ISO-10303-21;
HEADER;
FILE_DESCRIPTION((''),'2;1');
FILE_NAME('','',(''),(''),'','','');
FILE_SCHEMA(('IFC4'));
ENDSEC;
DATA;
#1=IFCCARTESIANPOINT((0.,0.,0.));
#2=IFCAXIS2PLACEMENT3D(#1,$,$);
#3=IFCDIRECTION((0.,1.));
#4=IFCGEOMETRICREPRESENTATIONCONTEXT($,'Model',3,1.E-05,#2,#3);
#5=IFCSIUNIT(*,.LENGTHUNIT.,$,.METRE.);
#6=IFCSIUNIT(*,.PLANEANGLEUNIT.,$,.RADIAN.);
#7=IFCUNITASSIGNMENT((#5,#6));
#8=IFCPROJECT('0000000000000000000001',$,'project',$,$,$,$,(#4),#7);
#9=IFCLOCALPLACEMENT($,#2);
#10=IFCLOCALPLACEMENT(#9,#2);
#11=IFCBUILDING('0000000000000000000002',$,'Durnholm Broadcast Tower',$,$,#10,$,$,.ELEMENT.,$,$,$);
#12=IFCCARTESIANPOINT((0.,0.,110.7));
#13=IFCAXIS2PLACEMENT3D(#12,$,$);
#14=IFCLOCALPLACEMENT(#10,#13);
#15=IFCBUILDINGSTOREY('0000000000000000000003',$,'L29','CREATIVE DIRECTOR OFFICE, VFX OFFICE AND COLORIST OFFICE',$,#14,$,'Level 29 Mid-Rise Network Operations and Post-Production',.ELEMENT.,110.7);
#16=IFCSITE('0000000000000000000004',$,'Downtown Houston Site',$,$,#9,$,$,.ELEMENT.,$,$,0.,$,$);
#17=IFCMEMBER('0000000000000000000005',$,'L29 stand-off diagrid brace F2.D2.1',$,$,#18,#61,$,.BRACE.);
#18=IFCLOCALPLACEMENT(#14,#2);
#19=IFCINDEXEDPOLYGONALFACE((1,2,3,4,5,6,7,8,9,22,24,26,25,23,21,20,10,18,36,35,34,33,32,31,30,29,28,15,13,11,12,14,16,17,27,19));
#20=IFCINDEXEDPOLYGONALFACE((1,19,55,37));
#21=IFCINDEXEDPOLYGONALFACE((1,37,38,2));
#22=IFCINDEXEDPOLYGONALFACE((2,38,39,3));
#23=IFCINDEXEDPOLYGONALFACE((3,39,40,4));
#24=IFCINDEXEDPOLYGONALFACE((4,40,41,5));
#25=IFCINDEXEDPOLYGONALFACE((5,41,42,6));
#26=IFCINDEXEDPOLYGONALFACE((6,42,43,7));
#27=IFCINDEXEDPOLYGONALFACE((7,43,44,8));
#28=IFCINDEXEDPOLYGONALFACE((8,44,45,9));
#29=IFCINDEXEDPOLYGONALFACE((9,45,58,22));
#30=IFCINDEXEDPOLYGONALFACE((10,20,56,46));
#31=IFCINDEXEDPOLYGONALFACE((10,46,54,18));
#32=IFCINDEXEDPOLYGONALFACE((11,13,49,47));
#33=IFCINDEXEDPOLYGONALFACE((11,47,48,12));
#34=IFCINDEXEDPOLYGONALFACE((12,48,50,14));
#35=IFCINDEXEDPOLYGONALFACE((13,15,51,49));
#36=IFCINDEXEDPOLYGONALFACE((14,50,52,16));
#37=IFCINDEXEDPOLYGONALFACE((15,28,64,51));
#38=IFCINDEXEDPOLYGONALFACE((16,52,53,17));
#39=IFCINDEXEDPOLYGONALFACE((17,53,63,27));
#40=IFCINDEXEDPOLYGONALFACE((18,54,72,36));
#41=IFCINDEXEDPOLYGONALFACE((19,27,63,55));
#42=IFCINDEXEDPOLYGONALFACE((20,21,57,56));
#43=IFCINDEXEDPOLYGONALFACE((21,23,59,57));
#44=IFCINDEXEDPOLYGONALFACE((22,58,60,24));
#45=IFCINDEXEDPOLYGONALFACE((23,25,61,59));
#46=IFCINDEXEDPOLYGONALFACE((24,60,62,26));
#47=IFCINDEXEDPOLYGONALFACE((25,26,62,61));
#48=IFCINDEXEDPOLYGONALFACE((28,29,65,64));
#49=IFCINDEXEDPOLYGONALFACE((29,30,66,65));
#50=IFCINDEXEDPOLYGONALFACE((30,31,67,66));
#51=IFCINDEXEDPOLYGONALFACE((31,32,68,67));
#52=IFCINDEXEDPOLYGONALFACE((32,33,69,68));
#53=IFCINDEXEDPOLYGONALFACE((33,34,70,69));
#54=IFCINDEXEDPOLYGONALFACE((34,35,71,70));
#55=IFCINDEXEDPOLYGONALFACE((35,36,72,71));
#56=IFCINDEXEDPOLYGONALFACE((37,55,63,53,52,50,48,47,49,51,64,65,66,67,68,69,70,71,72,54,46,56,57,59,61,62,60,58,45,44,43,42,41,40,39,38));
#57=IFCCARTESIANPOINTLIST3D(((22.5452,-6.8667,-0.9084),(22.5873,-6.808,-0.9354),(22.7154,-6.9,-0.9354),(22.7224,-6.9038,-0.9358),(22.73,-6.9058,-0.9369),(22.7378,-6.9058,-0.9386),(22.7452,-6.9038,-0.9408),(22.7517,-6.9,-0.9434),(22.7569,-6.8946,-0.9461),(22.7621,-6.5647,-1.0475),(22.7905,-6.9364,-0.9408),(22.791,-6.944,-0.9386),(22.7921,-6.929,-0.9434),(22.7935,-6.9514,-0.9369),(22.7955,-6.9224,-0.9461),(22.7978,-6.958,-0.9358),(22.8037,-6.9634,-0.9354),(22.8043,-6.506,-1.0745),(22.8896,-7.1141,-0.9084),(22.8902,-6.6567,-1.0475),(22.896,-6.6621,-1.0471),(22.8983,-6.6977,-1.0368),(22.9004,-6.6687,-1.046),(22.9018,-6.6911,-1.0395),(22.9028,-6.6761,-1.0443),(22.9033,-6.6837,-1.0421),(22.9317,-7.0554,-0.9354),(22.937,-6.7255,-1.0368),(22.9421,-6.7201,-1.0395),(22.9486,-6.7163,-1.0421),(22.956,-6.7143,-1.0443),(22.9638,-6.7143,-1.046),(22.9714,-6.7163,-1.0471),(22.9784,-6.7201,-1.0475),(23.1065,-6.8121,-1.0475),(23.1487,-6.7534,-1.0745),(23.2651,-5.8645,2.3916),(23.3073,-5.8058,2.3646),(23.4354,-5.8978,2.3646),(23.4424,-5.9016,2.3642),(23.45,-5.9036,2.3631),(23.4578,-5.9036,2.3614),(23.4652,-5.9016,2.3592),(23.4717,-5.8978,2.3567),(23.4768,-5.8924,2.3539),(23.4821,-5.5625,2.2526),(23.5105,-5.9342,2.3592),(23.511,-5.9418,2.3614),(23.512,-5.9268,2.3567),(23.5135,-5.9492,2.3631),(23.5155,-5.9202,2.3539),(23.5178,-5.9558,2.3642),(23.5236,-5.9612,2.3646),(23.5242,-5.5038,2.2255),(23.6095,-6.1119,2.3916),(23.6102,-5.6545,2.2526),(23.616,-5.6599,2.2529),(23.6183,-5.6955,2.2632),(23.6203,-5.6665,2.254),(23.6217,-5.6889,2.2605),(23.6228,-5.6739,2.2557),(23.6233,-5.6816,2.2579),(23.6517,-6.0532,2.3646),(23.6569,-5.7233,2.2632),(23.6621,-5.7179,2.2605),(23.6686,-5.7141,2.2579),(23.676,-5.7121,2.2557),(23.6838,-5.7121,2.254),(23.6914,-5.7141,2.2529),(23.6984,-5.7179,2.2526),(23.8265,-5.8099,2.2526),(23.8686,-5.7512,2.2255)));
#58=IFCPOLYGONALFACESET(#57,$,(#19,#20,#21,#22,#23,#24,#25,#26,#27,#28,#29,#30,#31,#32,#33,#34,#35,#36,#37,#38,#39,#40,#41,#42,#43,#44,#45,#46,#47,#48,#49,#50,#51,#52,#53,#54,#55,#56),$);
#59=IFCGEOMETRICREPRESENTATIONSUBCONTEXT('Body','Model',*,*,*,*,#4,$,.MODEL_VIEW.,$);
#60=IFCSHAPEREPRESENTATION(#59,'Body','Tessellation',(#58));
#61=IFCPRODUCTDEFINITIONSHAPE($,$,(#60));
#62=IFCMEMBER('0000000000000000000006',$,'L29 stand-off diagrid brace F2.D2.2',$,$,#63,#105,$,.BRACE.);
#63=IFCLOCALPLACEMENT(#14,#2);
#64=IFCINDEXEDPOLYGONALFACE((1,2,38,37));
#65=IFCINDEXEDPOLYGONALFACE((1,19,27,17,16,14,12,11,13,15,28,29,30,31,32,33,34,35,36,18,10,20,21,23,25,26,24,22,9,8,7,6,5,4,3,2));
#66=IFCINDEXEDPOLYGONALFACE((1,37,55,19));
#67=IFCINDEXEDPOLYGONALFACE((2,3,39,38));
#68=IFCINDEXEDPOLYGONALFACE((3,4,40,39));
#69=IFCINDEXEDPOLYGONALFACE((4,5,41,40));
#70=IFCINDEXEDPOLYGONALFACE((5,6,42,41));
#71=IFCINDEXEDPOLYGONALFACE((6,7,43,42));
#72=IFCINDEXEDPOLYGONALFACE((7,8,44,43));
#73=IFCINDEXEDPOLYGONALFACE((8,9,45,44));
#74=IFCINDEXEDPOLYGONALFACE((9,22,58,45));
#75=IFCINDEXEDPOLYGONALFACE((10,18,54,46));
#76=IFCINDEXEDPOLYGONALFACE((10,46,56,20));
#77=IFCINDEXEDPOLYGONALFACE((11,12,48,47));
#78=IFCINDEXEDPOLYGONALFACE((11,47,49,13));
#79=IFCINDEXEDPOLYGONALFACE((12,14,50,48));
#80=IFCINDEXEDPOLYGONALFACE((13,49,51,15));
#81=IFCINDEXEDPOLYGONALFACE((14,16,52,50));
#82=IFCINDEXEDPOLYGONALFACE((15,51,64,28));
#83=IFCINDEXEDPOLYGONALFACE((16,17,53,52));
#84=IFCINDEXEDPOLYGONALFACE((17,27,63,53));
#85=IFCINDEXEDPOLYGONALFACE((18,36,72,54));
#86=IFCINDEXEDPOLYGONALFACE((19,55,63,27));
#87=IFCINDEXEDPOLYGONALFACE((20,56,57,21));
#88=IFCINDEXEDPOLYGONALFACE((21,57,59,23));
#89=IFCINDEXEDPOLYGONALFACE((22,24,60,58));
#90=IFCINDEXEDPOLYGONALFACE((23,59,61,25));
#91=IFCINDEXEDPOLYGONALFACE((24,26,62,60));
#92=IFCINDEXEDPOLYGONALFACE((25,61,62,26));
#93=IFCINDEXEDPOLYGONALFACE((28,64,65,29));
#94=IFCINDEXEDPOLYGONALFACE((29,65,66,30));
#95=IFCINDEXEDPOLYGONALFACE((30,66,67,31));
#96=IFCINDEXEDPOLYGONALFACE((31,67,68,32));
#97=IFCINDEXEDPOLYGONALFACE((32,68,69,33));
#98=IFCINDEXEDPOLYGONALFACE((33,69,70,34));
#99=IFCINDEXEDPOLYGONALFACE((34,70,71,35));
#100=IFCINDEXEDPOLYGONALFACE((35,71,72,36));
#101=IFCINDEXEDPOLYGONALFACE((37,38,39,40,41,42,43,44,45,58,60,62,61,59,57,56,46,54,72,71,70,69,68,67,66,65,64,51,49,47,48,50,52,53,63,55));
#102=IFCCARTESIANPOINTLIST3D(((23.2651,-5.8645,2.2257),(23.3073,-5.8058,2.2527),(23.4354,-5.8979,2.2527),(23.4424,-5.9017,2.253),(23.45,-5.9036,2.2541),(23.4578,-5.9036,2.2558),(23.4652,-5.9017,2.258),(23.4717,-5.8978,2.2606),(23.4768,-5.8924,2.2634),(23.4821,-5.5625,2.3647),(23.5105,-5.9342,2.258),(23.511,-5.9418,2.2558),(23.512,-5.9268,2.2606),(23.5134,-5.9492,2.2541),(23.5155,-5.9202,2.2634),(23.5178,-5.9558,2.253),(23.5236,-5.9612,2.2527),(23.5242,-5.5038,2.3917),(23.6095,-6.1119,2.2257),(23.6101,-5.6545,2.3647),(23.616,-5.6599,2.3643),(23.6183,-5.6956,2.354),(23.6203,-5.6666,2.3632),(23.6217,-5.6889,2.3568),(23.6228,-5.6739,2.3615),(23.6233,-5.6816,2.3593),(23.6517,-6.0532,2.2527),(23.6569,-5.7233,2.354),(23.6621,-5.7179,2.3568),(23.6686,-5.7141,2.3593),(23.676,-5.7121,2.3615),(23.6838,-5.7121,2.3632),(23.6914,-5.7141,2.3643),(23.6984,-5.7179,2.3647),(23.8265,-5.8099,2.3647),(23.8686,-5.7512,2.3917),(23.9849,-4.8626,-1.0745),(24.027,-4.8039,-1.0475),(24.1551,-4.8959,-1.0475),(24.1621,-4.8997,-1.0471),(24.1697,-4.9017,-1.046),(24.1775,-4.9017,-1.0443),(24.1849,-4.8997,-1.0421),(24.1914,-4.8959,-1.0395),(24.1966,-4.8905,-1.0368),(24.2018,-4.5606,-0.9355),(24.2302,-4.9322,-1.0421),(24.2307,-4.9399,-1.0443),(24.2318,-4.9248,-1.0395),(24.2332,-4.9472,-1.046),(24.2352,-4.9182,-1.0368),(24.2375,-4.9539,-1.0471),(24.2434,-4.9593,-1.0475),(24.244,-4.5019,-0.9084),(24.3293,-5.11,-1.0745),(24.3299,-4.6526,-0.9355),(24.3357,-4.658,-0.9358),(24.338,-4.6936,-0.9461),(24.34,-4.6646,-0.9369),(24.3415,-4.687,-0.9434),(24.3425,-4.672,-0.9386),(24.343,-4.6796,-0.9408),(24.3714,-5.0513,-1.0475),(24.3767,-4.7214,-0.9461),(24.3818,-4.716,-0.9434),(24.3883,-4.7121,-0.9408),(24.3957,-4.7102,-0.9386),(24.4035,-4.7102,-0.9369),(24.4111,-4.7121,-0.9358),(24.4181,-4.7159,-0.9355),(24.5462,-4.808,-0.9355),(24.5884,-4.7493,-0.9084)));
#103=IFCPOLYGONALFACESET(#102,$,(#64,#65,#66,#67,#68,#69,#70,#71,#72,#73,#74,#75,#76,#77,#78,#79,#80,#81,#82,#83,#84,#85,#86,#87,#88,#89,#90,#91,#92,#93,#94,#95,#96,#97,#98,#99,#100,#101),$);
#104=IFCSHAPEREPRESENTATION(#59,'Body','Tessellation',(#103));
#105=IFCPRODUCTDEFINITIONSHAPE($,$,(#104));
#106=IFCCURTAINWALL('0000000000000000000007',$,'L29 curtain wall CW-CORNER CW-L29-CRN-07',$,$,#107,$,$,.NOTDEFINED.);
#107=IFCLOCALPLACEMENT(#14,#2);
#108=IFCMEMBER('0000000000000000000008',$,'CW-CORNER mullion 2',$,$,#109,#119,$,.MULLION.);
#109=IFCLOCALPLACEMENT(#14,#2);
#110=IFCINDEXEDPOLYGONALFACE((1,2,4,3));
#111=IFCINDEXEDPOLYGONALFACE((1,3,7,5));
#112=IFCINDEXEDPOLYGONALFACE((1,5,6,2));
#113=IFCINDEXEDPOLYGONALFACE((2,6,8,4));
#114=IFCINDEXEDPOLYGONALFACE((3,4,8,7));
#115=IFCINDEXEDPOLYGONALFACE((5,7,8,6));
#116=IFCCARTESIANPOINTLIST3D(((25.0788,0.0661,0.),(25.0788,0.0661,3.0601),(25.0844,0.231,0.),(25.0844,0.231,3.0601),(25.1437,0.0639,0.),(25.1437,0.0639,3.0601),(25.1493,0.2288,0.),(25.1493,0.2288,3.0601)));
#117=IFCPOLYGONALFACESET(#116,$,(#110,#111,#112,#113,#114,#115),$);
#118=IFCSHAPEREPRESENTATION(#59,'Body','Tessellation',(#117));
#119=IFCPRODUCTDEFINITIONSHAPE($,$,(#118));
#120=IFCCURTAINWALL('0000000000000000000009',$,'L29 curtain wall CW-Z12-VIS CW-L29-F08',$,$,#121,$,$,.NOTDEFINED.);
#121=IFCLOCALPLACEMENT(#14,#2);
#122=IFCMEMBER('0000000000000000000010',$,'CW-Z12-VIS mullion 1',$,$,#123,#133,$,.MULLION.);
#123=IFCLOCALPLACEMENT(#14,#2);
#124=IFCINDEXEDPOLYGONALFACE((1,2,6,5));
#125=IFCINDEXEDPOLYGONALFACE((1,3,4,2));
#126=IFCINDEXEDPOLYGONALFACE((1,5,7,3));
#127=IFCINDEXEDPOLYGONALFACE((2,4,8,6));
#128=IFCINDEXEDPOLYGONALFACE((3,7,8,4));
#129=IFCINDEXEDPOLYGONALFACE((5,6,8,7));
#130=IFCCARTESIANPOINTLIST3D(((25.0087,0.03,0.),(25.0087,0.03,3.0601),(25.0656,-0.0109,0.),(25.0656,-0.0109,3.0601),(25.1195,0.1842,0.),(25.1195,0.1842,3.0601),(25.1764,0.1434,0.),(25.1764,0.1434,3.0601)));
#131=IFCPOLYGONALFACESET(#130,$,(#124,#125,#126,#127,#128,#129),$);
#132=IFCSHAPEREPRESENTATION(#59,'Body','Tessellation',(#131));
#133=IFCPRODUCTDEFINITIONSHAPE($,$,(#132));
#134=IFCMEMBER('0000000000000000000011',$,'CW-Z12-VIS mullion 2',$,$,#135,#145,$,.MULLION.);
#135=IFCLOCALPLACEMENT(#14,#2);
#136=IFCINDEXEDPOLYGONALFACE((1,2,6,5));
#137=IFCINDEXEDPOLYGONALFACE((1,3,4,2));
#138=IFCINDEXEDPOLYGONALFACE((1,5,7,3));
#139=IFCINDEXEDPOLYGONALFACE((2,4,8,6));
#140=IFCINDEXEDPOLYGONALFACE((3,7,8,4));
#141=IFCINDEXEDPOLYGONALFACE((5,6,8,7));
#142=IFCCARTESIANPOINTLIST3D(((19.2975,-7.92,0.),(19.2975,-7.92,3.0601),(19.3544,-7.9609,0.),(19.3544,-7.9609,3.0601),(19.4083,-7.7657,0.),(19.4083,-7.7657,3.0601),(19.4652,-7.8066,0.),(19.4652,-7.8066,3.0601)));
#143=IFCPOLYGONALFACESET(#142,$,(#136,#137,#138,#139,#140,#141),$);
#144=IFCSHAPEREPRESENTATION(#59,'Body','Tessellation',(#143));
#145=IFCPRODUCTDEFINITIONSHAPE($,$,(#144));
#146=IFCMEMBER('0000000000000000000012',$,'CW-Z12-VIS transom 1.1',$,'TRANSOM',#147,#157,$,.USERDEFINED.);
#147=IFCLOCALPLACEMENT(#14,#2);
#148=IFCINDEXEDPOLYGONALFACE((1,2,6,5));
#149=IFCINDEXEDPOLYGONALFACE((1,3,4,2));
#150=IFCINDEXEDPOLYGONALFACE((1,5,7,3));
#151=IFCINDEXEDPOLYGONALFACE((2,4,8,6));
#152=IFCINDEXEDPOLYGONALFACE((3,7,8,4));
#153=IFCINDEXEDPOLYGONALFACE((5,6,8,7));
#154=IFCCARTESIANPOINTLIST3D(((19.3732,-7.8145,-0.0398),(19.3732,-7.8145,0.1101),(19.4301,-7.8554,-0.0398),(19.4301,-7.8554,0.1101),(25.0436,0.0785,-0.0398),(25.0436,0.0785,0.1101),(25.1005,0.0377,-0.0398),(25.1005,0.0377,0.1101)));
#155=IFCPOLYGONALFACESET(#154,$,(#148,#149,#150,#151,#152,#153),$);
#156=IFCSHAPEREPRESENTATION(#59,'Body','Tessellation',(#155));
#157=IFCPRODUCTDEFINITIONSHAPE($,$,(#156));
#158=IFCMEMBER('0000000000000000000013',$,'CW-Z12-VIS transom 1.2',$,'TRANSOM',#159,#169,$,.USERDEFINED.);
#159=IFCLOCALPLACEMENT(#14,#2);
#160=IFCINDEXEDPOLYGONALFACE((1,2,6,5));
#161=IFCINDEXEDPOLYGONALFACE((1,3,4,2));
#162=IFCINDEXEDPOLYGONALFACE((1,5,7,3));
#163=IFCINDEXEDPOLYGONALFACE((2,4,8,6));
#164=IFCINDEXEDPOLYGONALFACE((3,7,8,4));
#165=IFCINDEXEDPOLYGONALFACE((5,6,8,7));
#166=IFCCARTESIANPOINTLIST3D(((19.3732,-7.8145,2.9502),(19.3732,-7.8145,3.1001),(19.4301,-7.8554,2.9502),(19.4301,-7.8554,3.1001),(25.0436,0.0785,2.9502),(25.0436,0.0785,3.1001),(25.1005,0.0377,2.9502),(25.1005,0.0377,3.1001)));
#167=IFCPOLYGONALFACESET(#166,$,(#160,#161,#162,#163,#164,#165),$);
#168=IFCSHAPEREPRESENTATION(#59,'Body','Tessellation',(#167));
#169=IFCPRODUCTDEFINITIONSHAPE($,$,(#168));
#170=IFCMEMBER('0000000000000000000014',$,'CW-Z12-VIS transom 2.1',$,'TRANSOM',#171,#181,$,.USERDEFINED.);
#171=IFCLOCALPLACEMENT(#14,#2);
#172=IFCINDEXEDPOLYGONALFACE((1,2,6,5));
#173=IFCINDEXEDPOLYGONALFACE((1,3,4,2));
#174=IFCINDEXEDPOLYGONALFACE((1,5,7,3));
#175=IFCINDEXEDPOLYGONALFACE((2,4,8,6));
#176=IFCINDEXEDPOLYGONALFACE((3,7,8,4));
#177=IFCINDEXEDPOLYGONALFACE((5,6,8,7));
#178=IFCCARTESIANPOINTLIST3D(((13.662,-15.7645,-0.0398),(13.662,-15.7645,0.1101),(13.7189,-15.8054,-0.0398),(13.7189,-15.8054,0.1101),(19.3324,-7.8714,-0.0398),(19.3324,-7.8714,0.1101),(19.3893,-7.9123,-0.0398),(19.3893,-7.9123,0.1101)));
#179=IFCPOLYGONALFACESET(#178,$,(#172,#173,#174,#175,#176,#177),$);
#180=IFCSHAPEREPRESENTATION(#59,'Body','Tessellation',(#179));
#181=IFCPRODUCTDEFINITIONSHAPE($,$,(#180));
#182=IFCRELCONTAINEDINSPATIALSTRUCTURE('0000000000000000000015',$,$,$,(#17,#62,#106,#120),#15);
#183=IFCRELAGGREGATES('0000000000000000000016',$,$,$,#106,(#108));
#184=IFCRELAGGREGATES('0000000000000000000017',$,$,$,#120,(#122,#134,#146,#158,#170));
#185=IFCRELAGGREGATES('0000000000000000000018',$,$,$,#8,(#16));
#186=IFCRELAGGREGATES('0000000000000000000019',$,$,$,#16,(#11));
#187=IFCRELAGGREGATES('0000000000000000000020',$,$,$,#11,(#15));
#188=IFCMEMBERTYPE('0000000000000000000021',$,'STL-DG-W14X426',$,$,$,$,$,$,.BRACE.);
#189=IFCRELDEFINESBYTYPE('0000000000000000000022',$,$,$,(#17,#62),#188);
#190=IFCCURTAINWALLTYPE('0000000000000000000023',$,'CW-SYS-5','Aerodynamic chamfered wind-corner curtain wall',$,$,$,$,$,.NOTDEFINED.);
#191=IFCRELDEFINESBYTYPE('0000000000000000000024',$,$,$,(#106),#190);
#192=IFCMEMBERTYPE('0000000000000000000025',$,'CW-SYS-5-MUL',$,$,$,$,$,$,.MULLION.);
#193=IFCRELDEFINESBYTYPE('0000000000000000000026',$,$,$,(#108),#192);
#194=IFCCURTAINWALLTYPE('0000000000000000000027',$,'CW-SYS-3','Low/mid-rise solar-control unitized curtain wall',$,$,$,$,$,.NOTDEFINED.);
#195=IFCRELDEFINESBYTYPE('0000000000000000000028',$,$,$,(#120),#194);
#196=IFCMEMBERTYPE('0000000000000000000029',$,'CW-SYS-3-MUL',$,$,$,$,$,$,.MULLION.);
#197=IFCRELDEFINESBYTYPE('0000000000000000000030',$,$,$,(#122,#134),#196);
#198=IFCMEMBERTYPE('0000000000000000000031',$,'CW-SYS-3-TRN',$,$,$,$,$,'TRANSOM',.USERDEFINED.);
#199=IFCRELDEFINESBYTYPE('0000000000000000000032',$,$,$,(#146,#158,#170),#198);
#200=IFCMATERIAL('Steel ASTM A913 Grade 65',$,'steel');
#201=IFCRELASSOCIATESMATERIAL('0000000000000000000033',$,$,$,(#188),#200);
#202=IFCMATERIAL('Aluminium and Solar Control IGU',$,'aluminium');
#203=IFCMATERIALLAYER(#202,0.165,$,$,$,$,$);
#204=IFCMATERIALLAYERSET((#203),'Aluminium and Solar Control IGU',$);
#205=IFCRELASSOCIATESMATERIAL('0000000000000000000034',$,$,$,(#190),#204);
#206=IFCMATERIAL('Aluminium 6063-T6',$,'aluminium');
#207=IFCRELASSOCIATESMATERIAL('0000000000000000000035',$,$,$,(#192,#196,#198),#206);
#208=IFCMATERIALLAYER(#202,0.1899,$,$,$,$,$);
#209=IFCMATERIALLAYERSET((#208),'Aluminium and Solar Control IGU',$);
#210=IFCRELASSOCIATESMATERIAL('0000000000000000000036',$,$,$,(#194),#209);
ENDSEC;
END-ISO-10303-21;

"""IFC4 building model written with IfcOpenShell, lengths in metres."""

from ifc_helpers import new_model, si_unit, direction, frame, origin, origin_2d, place, context, subcontext, project, spatial, rectangle, i_section, extrude, source, transform, mapped, material, layer, layer_set, material_profile, profile_set, type_object, type_shapes, element, aggregate, save


model = new_model("IFC4")

# Units and contexts
model_context = context("Model", 3, precision=1e-05, world=origin(), true_north=direction((0.0, 1.0)))
body_context = subcontext(model_context, "Body", "Model", "MODEL_VIEW")
ifc_project = project(units=[si_unit("LENGTHUNIT", "METRE"), si_unit("PLANEANGLEUNIT", "RADIAN")], contexts=[model_context])

# Site, building, storey
site_placement = place(None, origin())
site = spatial("IfcSite", under=ifc_project, at=site_placement, Name="Downtown Houston Site", CompositionType="ELEMENT", RefElevation=0.0)
building_placement = place(site_placement, origin())
building = spatial("IfcBuilding", under=site, at=building_placement, Name="Durnholm Broadcast Tower", CompositionType="ELEMENT")
storey_placement = place(building_placement, frame((0.0, 0.0, 110.7)))
storey = spatial("IfcBuildingStorey", under=building, at=storey_placement, Name="L29", Description="CREATIVE DIRECTOR OFFICE, VFX OFFICE AND COLORIST OFFICE", LongName="Level 29 Mid-Rise Network Operations and Post-Production", CompositionType="ELEMENT", Elevation=110.7)

# Members
ifc_material_1 = material(Name="Steel ASTM A913 Grade 65", Category="steel")
ifc_material_profile_1 = material_profile(ifc_material_1, i_section(OverallWidth=0.4241, OverallDepth=0.4741, WebThickness=0.0476, FlangeThickness=0.0771, FilletRadius=0.0305, at=origin_2d()), Name="W14X426")
ifc_profile_set_1 = profile_set([ifc_material_profile_1], Name="Steel ASTM A913 Grade 65")
member_type_1 = type_object("IfcMemberType", Name="STL-DG-W14X426", PredefinedType="BRACE", material=ifc_profile_set_1)
shared_shape_1 = source(origin(), body_context, "Body", "SweptSolid", [
    extrude(i_section(OverallWidth=0.4241, OverallDepth=0.4741, WebThickness=0.0476, FlangeThickness=0.0771, FilletRadius=0.0305, at=origin_2d()), origin(), (0.0, 0.0, 1.0), 3.5232),
])
type_shapes(member_type_1, [shared_shape_1])
for number, where, z_axis, x_axis, name in (
    (1, (22.8469, -6.8101, -0.9915), (0.20435, 0.284455, 0.936657), (-0.812153, 0.583444, 0.0), "L29 stand-off diagrid brace F2.D2.1"),
    (2, (24.2866, -4.8059, -0.9915), (-0.204288, -0.284395, 0.936689), (0.812179, -0.583408, 0.0), "L29 stand-off diagrid brace F2.D2.2"),
):
    element("IfcMember", number, at=place(storey_placement, frame(where, z_axis=z_axis, x_axis=x_axis)), inside=storey, type_object=member_type_1, Name=name, PredefinedType="BRACE", context=body_context, shape_type="MappedRepresentation", body=[
        mapped(shared_shape_1, transform((0.0, 0.0, 0.0), x_axis=(1.0, 0.0, 0.0), y_axis=(0.0, 1.0, 0.0), z_axis=(0.0, 0.0, 1.0), scale=1.0)),
    ])

# Curtain wall, member
ifc_material_2 = material(Name="Aluminium and Solar Control IGU", Category="aluminium")
ifc_layer_1 = layer(ifc_material_2, 0.165)
ifc_layer_set_1 = layer_set([ifc_layer_1], Name="Aluminium and Solar Control IGU")
curtain_wall_type_1 = type_object("IfcCurtainWallType", Name="CW-SYS-5", Description="Aerodynamic chamfered wind-corner curtain wall", PredefinedType="NOTDEFINED", material=ifc_layer_set_1)
curtain_wall_1_placement = place(storey_placement, origin())
curtain_wall_1 = element("IfcCurtainWall", 3, at=curtain_wall_1_placement, inside=storey, type_object=curtain_wall_type_1, Name="L29 curtain wall CW-CORNER CW-L29-CRN-07", PredefinedType="NOTDEFINED")
ifc_material_3 = material(Name="Aluminium 6063-T6", Category="aluminium")
ifc_material_profile_2 = material_profile(ifc_material_3, rectangle(XDim=0.0649, YDim=0.165, at=origin_2d()), Name="CWM65X165")
ifc_profile_set_2 = profile_set([ifc_material_profile_2], Name="Aluminium 6063-T6")
member_type_2 = type_object("IfcMemberType", Name="CW-SYS-5-MUL", PredefinedType="MULLION", material=ifc_profile_set_2)
shared_shape_2 = source(origin(), body_context, "Body", "SweptSolid", [
    extrude(rectangle(XDim=0.0649, YDim=0.165, at=origin_2d()), origin(), (0.0, 0.0, 1.0), 3.0601),
])
type_shapes(member_type_2, [shared_shape_2])
member_1_placement = place(storey_placement, frame((25.114, 0.1475, 0.0), z_axis=(0.0, 0.0, 1.0), x_axis=(0.999425, -0.033917, 0.0)))
member_1 = element("IfcMember", 4, at=member_1_placement, type_object=member_type_2, Name="CW-CORNER mullion 2", PredefinedType="MULLION", context=body_context, shape_type="MappedRepresentation", body=[
    mapped(shared_shape_2, transform((0.0, 0.0, 0.0), x_axis=(1.0, 0.0, 0.0), y_axis=(0.0, 1.0, 0.0), z_axis=(0.0, 0.0, 1.0), scale=1.0)),
])
aggregate(curtain_wall_1, [member_1])

# Curtain wall, members
ifc_layer_2 = layer(ifc_material_2, 0.1899)
ifc_layer_set_2 = layer_set([ifc_layer_2], Name="Aluminium and Solar Control IGU")
curtain_wall_type_2 = type_object("IfcCurtainWallType", Name="CW-SYS-3", Description="Low/mid-rise solar-control unitized curtain wall", PredefinedType="NOTDEFINED", material=ifc_layer_set_2)
curtain_wall_2_placement = place(storey_placement, origin())
curtain_wall_2 = element("IfcCurtainWall", 5, at=curtain_wall_2_placement, inside=storey, type_object=curtain_wall_type_2, Name="L29 curtain wall CW-Z12-VIS CW-L29-F08", PredefinedType="NOTDEFINED")
ifc_material_profile_3 = material_profile(ifc_material_3, rectangle(XDim=0.0701, YDim=0.1899, at=origin_2d()), Name="CWM70X190")
ifc_profile_set_3 = profile_set([ifc_material_profile_3], Name="Aluminium 6063-T6")
member_type_3 = type_object("IfcMemberType", Name="CW-SYS-3-MUL", PredefinedType="MULLION", material=ifc_profile_set_3)
shared_shape_3 = source(origin(), body_context, "Body", "SweptSolid", [
    extrude(rectangle(XDim=0.0701, YDim=0.1899, at=origin_2d()), origin(), (0.0, 0.0, 1.0), 3.0601),
])
type_shapes(member_type_3, [shared_shape_3])
member_2_placement = place(storey_placement, frame((25.0925, 0.0867, 0.0), z_axis=(0.0, 0.0, 1.0), x_axis=(0.812152, -0.583445, 0.0)))
member_2 = element("IfcMember", 6, at=member_2_placement, type_object=member_type_3, Name="CW-Z12-VIS mullion 1", PredefinedType="MULLION", context=body_context, shape_type="MappedRepresentation", body=[
    mapped(shared_shape_3, transform((0.0, 0.0, 0.0), x_axis=(1.0, 0.0, 0.0), y_axis=(0.0, 1.0, 0.0), z_axis=(0.0, 0.0, 1.0), scale=1.0)),
])
member_3_placement = place(storey_placement, frame((19.3813, -7.8633, 0.0), z_axis=(0.0, 0.0, 1.0), x_axis=(0.812152, -0.583445, 0.0)))
member_3 = element("IfcMember", 7, at=member_3_placement, type_object=member_type_3, Name="CW-Z12-VIS mullion 2", PredefinedType="MULLION", context=body_context, shape_type="MappedRepresentation", body=[
    mapped(shared_shape_3, transform((0.0, 0.0, 0.0), x_axis=(1.0, 0.0, 0.0), y_axis=(0.0, 1.0, 0.0), z_axis=(0.0, 0.0, 1.0), scale=1.0)),
])
ifc_material_profile_4 = material_profile(ifc_material_3, rectangle(XDim=0.0701, YDim=0.1499, at=origin_2d()), Name="CWT70X150")
ifc_profile_set_4 = profile_set([ifc_material_profile_4], Name="Aluminium 6063-T6")
member_type_4 = type_object("IfcMemberType", Name="CW-SYS-3-TRN", ElementType="TRANSOM", PredefinedType="USERDEFINED", material=ifc_profile_set_4)
shared_shape_4 = source(origin(), body_context, "Body", "SweptSolid", [
    extrude(rectangle(XDim=0.0701, YDim=0.1499, at=origin_2d()), origin(), (0.0, 0.0, 1.0), 9.7188),
])
type_shapes(member_type_4, [shared_shape_4])
member_4_placement = place(storey_placement, frame((25.072, 0.0581, 0.0352), z_axis=(-0.583451, -0.812149, 0.0), x_axis=(0.812149, -0.583451, 0.0)))
member_4 = element("IfcMember", 8, at=member_4_placement, type_object=member_type_4, Name="CW-Z12-VIS transom 1.1", ObjectType="TRANSOM", PredefinedType="USERDEFINED", context=body_context, shape_type="MappedRepresentation", body=[
    mapped(shared_shape_4, transform((0.0, 0.0, 0.0), x_axis=(1.0, 0.0, 0.0), y_axis=(0.0, 1.0, 0.0), z_axis=(0.0, 0.0, 1.0), scale=1.0)),
])
member_5_placement = place(storey_placement, frame((25.072, 0.0581, 3.0251), z_axis=(-0.583451, -0.812149, 0.0), x_axis=(0.812149, -0.583451, 0.0)))
member_5 = element("IfcMember", 9, at=member_5_placement, type_object=member_type_4, Name="CW-Z12-VIS transom 1.2", ObjectType="TRANSOM", PredefinedType="USERDEFINED", context=body_context, shape_type="MappedRepresentation", body=[
    mapped(shared_shape_4, transform((0.0, 0.0, 0.0), x_axis=(1.0, 0.0, 0.0), y_axis=(0.0, 1.0, 0.0), z_axis=(0.0, 0.0, 1.0), scale=1.0)),
])
member_6_placement = place(storey_placement, frame((19.3608, -7.8918, 0.0352), z_axis=(-0.583451, -0.812149, 0.0), x_axis=(0.812149, -0.583451, 0.0)))
member_6 = element("IfcMember", 10, at=member_6_placement, type_object=member_type_4, Name="CW-Z12-VIS transom 2.1", ObjectType="TRANSOM", PredefinedType="USERDEFINED", context=body_context, shape_type="MappedRepresentation", body=[
    mapped(shared_shape_4, transform((0.0, 0.0, 0.0), x_axis=(1.0, 0.0, 0.0), y_axis=(0.0, 1.0, 0.0), z_axis=(0.0, 0.0, 1.0), scale=1.0)),
])

aggregate(curtain_wall_2, [member_2, member_3, member_4, member_5, member_6])

save(model, "model.ifc")
